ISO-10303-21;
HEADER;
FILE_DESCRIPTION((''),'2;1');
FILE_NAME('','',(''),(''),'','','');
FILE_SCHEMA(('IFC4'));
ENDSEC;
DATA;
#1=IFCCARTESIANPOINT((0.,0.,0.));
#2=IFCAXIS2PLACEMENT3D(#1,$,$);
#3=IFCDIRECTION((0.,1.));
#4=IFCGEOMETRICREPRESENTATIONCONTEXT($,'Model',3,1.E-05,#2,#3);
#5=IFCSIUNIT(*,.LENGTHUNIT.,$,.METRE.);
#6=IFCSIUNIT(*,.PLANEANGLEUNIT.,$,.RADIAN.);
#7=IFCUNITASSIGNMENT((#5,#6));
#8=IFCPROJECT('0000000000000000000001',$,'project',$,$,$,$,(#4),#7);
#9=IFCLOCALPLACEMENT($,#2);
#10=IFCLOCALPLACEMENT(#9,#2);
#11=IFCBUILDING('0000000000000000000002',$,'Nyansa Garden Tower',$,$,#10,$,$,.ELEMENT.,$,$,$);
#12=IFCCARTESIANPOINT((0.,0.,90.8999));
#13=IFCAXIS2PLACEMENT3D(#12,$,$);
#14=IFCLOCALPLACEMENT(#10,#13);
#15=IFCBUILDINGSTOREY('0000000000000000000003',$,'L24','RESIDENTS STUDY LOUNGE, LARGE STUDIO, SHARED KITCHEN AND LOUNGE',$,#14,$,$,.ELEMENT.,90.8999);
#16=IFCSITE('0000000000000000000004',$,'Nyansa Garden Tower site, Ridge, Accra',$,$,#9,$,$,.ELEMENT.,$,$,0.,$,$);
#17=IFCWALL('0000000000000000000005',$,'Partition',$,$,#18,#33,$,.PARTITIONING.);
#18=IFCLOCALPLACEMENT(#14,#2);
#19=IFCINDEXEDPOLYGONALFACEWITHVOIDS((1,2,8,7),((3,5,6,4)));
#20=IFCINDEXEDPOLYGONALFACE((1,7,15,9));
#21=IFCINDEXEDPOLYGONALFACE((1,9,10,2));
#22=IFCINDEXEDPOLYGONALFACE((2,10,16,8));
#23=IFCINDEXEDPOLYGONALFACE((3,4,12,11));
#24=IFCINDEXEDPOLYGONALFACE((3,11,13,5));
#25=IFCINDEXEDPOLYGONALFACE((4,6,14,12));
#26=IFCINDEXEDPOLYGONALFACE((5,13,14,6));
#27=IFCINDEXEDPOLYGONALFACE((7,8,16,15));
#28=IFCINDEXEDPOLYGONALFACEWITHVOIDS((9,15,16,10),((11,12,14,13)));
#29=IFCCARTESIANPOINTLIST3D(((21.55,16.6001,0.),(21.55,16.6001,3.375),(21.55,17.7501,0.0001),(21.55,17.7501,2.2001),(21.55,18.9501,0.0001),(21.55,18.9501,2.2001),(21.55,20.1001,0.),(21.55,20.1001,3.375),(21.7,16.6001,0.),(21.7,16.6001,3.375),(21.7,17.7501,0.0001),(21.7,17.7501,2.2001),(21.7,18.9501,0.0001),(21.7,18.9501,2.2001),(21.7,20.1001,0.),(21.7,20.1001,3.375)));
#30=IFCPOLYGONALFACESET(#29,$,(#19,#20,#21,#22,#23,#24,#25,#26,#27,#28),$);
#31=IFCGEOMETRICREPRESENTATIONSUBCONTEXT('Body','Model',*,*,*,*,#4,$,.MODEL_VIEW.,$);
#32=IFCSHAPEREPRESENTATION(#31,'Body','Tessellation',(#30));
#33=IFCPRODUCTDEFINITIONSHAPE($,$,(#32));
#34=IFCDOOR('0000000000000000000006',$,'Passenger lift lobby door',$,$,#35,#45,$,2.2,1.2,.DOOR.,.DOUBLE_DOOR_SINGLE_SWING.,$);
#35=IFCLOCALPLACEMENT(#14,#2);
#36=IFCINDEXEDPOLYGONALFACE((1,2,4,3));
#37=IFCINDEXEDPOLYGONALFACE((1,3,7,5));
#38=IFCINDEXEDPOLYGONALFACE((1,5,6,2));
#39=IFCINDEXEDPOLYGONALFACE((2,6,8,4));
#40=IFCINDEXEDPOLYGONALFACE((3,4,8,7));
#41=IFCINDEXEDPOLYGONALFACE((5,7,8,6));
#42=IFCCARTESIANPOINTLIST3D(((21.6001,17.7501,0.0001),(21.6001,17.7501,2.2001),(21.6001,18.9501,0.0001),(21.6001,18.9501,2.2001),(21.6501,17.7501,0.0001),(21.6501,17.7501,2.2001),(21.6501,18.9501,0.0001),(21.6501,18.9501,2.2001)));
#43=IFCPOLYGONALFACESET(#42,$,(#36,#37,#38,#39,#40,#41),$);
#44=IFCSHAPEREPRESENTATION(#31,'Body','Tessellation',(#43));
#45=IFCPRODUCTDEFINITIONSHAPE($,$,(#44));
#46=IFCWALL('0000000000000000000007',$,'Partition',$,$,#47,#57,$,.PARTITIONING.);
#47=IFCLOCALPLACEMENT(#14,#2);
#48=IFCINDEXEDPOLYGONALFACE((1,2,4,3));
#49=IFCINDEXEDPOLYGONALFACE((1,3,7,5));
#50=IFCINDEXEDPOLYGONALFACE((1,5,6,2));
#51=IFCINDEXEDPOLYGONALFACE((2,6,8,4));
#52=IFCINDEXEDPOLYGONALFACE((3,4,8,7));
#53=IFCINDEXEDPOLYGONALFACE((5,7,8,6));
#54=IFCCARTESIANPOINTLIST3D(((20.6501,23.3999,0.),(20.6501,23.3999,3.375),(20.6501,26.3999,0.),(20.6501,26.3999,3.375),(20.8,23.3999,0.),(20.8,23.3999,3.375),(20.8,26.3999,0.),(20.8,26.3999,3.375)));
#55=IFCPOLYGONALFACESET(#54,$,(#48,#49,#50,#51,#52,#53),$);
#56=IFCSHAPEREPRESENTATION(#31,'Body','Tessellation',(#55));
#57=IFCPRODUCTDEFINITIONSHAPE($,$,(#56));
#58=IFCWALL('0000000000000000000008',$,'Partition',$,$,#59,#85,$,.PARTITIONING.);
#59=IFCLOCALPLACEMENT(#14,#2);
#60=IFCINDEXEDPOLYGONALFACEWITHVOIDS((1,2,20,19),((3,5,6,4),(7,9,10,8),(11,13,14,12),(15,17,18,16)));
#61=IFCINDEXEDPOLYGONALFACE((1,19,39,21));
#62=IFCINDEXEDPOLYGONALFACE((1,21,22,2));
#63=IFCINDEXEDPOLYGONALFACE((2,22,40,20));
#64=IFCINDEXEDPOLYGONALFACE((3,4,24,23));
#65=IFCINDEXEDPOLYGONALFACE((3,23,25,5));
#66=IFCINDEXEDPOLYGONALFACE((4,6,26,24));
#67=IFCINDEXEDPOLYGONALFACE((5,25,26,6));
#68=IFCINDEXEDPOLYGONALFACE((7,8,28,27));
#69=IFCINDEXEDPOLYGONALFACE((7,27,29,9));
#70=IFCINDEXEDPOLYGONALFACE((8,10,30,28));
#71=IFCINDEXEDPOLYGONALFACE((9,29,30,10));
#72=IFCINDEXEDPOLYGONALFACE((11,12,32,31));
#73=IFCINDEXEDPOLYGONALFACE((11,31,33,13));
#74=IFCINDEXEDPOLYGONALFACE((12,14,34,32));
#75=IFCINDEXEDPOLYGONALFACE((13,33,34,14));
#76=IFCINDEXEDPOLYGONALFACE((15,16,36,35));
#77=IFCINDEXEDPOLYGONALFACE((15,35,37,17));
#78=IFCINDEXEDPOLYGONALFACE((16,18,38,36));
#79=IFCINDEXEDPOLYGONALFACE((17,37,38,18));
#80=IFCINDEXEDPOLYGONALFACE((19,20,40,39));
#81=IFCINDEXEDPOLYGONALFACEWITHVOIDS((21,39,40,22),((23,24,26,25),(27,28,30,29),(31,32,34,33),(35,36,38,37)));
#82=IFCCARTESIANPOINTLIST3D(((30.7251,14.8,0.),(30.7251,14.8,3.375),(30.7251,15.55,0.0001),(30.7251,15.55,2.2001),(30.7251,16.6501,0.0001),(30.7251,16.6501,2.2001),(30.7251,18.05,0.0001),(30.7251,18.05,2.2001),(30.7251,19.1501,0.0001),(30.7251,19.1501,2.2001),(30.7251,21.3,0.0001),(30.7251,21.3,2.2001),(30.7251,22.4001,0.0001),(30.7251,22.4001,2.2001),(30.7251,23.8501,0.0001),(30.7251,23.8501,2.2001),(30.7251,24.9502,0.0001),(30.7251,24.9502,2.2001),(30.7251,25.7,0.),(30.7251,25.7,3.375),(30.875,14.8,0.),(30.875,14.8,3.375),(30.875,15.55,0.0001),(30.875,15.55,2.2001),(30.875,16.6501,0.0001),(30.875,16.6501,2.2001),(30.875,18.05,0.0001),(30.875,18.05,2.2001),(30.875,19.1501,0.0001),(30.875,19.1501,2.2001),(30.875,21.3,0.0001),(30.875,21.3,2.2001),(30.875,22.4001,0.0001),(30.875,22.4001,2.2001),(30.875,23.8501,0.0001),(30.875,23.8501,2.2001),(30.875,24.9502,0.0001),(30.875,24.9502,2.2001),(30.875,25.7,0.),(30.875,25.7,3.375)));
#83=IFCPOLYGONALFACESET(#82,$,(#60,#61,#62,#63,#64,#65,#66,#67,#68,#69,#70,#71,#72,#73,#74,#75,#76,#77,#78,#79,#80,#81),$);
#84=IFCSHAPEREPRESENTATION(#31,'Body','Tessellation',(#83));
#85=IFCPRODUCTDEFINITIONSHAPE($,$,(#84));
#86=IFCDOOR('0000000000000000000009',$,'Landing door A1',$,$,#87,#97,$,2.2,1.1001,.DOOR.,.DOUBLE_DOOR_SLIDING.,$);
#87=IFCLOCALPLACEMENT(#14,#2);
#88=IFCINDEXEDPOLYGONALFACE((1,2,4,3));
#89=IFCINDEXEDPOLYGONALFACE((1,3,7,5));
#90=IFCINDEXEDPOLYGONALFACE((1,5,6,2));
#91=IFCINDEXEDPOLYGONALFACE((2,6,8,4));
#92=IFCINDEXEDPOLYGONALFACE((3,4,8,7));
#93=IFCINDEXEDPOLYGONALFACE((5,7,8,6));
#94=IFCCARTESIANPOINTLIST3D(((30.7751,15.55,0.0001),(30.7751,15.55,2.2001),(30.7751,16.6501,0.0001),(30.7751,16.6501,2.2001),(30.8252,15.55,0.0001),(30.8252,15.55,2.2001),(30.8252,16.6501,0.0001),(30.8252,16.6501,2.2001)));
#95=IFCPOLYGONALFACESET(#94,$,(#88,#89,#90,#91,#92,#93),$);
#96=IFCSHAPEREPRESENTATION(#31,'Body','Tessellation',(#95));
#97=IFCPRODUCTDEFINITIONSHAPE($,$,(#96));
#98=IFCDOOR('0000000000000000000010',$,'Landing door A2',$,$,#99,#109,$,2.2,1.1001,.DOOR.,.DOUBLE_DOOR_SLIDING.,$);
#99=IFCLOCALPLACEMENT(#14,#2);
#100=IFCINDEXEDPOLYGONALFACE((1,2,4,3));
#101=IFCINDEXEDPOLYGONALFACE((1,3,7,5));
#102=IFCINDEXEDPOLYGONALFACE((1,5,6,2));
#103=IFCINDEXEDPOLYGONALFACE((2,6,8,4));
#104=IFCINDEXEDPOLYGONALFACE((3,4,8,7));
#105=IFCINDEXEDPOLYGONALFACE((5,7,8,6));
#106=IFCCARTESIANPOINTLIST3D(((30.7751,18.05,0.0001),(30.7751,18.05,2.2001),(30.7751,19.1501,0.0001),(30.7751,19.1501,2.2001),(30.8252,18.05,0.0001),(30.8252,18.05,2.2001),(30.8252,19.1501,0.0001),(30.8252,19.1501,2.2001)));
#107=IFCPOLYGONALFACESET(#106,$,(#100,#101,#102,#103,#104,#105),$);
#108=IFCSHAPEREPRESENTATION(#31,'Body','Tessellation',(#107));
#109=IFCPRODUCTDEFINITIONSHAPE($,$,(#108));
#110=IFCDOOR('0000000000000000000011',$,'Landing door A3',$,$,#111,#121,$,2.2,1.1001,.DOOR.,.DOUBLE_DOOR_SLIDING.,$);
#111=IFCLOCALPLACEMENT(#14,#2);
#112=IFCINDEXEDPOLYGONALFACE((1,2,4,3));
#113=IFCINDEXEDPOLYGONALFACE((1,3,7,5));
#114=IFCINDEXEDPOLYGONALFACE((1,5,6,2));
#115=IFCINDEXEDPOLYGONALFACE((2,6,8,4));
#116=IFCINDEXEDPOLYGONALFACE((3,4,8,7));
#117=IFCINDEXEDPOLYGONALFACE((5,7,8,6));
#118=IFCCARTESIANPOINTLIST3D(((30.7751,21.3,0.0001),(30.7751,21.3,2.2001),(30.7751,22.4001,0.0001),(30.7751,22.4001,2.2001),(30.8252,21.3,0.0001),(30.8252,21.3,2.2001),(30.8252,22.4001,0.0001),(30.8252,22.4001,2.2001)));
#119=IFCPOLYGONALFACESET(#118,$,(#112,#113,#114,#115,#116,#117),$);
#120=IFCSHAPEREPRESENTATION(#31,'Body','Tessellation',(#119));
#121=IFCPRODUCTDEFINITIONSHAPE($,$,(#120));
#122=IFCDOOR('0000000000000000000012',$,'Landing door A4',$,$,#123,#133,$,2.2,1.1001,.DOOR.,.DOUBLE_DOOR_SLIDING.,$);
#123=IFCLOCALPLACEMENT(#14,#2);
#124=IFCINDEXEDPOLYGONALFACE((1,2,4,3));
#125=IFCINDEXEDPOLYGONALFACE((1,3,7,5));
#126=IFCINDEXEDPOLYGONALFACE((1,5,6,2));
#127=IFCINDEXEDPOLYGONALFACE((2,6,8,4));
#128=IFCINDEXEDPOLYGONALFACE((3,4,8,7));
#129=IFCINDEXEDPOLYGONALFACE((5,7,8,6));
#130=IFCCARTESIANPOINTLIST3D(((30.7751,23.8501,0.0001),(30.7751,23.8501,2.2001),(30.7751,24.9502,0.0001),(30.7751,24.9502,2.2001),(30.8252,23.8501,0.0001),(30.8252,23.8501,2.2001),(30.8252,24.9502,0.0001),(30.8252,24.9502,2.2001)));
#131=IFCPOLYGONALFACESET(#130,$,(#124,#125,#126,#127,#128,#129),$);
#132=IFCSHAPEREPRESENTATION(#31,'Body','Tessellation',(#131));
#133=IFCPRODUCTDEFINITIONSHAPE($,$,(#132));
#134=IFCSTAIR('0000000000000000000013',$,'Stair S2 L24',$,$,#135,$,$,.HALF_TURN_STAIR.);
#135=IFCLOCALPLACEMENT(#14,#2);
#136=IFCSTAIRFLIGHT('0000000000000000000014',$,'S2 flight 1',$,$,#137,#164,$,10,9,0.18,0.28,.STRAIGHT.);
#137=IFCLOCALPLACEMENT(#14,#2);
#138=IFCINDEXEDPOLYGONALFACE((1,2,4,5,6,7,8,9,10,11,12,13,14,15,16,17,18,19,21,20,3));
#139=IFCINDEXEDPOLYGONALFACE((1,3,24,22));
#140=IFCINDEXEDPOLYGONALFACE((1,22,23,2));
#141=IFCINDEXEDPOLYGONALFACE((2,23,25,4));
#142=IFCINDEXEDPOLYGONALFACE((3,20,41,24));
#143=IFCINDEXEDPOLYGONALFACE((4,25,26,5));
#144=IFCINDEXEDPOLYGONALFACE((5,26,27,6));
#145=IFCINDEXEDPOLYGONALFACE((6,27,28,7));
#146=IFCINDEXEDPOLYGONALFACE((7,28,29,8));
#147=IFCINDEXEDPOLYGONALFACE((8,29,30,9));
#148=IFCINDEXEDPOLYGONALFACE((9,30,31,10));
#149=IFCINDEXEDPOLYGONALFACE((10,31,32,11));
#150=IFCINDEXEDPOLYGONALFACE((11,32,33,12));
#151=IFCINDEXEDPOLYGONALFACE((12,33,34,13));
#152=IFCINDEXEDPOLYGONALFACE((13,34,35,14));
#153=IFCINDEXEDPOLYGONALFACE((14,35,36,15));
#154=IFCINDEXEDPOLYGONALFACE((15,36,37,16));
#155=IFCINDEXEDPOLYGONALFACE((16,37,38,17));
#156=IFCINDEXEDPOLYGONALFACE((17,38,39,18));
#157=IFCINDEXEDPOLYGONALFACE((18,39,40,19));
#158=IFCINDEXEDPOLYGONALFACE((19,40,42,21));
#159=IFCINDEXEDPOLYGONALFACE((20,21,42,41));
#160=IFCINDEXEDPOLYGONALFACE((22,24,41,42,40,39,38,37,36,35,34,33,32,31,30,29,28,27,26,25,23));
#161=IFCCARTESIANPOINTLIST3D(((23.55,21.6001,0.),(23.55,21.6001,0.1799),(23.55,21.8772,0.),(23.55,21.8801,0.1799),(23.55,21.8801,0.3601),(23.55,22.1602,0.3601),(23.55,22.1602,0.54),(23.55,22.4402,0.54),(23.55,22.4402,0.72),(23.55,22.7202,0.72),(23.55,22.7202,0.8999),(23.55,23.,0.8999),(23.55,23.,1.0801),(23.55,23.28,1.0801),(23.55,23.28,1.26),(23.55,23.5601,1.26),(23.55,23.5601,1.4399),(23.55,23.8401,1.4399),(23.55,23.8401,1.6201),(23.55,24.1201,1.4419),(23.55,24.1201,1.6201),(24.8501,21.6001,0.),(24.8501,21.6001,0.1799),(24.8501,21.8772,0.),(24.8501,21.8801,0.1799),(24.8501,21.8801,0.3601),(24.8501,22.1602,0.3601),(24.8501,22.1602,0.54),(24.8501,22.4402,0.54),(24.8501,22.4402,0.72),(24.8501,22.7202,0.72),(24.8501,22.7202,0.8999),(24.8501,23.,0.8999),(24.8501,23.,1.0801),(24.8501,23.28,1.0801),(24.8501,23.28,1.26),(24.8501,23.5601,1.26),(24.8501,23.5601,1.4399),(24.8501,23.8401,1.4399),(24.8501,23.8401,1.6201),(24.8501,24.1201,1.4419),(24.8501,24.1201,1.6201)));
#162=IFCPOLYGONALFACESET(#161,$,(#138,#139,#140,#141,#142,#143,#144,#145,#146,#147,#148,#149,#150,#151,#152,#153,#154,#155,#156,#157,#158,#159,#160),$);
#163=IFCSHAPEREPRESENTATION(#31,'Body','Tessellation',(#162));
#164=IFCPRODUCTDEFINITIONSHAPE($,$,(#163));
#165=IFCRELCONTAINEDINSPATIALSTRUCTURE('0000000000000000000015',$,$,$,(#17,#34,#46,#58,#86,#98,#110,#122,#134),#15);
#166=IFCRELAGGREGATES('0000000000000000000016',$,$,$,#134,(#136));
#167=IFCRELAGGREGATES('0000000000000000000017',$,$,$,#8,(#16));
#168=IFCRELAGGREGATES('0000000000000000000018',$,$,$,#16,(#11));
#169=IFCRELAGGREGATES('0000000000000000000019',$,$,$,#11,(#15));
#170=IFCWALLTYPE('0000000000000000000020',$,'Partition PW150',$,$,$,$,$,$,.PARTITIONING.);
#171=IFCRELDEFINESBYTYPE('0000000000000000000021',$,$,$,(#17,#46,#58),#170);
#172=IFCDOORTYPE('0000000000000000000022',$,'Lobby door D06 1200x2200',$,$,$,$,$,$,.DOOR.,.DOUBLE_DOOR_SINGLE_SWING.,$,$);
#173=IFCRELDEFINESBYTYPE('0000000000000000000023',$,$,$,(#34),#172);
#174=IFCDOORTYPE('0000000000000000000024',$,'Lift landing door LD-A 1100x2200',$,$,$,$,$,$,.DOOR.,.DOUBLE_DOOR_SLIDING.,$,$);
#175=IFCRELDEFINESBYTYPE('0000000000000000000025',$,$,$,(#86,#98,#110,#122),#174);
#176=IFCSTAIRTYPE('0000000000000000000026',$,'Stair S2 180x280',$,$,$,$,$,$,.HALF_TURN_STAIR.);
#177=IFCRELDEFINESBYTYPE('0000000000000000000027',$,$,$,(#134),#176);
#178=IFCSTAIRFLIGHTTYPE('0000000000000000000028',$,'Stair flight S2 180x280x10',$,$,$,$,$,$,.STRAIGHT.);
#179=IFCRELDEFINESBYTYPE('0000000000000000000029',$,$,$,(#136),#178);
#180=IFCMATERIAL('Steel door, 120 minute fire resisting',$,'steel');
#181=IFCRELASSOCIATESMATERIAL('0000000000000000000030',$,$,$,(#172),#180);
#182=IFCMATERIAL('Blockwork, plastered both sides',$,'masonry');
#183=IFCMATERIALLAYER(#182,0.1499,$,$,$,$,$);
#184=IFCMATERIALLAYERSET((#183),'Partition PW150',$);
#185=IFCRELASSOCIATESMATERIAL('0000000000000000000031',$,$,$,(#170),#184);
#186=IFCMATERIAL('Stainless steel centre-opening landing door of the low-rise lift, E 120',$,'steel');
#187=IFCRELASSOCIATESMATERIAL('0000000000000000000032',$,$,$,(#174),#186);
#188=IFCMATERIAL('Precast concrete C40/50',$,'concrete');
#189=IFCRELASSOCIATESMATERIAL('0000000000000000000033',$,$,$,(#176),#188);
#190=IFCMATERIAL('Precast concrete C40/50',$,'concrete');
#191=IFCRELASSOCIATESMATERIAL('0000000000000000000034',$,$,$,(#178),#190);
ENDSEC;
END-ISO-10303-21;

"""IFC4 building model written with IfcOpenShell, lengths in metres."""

from ifc_helpers import new_model, si_unit, direction, frame, frame_2d, origin, place, context, subcontext, project, spatial, polyline, rectangle, outline, extrude, material, layer, layer_set, type_object, element, fill, aggregate, save


model = new_model("IFC4")

# Units and contexts
model_context = context("Model", 3, precision=1e-05, world=origin(), true_north=direction((0.0, 1.0)))
body_context = subcontext(model_context, "Body", "Model", "MODEL_VIEW")
ifc_project = project(units=[si_unit("LENGTHUNIT", "METRE"), si_unit("PLANEANGLEUNIT", "RADIAN")], contexts=[model_context])

# Site, building, storey
site_placement = place(None, origin())
site = spatial("IfcSite", under=ifc_project, at=site_placement, Name="Nyansa Garden Tower site, Ridge, Accra", CompositionType="ELEMENT", RefElevation=0.0)
building_placement = place(site_placement, origin())
building = spatial("IfcBuilding", under=site, at=building_placement, Name="Nyansa Garden Tower", CompositionType="ELEMENT")
storey_placement = place(building_placement, frame((0.0, 0.0, 90.8999)))
storey = spatial("IfcBuildingStorey", under=building, at=storey_placement, Name="L24", Description="RESIDENTS STUDY LOUNGE, LARGE STUDIO, SHARED KITCHEN AND LOUNGE", CompositionType="ELEMENT", Elevation=90.8999)

# Shared definitions
ifc_material_1 = material(Name="Steel door, 120 minute fire resisting", Category="steel")
door_type_1 = type_object("IfcDoorType", Name="Lobby door D06 1200x2200", OperationType="DOUBLE_DOOR_SINGLE_SWING", PredefinedType="DOOR", material=ifc_material_1)

# Wall, opening, door
ifc_material_2 = material(Name="Blockwork, plastered both sides", Category="masonry")
ifc_layer_1 = layer(ifc_material_2, 0.1499)
ifc_layer_set_1 = layer_set([ifc_layer_1], Name="Partition PW150")
wall_type_1 = type_object("IfcWallType", Name="Partition PW150", PredefinedType="PARTITIONING", material=ifc_layer_set_1)
wall_1_placement = place(storey_placement, frame((21.625, 16.6001, 0.0), z_axis=(0.0, 0.0, 1.0), x_axis=(0.0, 1.0, 0.0)))
wall_1 = element("IfcWall", 1, at=wall_1_placement, inside=storey, type_object=wall_type_1, Name="Partition", PredefinedType="PARTITIONING", context=body_context, shape_type="SweptSolid", body=[
    extrude(rectangle(XDim=3.5, YDim=0.1499, at=frame_2d((1.75, 0.0))), origin(), (0.0, 0.0, 1.0), 3.375),
])
opening_1_placement = place(wall_1_placement, frame((1.1499, 0.0, 0.0)))
opening_1 = element("IfcOpeningElement", 2, at=opening_1_placement, cuts=wall_1, PredefinedType="OPENING", context=body_context, shape_type="SweptSolid", body=[
    extrude(rectangle(XDim=1.2, YDim=2.2, at=frame_2d((0.6001, 1.1001))), frame((0.0, 0.085, 0.0), z_axis=(0.0, -1.0, 0.0), x_axis=(1.0, 0.0, 0.0)), (0.0, 0.0, 1.0), 0.1699),
])
door_1_placement = place(opening_1_placement, origin())
door_1 = element("IfcDoor", 3, at=door_1_placement, inside=storey, type_object=door_type_1, Name="Passenger lift lobby door", OperationType="DOUBLE_DOOR_SINGLE_SWING", OverallHeight=2.2, OverallWidth=1.2, PredefinedType="DOOR", context=body_context, shape_type="SweptSolid", body=[
    extrude(rectangle(XDim=1.2, YDim=2.2, at=frame_2d((0.6001, 1.1001))), frame((0.0, 0.0249, 0.0), z_axis=(0.0, -1.0, 0.0), x_axis=(1.0, 0.0, 0.0)), (0.0, 0.0, 1.0), 0.05),
])
fill(opening_1, door_1)

# Wall
wall_2_placement = place(storey_placement, frame((20.7251, 23.3999, 0.0), z_axis=(0.0, 0.0, 1.0), x_axis=(0.0, 1.0, 0.0)))
element("IfcWall", 4, at=wall_2_placement, inside=storey, type_object=wall_type_1, Name="Partition", PredefinedType="PARTITIONING", context=body_context, shape_type="SweptSolid", body=[
    extrude(rectangle(XDim=3.0, YDim=0.1499, at=frame_2d((1.5, 0.0))), origin(), (0.0, 0.0, 1.0), 3.375),
])

# Wall, openings, doors
wall_3_placement = place(storey_placement, frame((30.8, 14.8, 0.0), z_axis=(0.0, 0.0, 1.0), x_axis=(0.0, 1.0, 0.0)))
wall_3 = element("IfcWall", 5, at=wall_3_placement, inside=storey, type_object=wall_type_1, Name="Partition", PredefinedType="PARTITIONING", context=body_context, shape_type="SweptSolid", body=[
    extrude(rectangle(XDim=10.8999, YDim=0.1499, at=frame_2d((5.45, 0.0))), origin(), (0.0, 0.0, 1.0), 3.375),
])
opening_2_placement = place(wall_3_placement, frame((0.75, 0.0, 0.0)))
opening_2 = element("IfcOpeningElement", 6, at=opening_2_placement, cuts=wall_3, PredefinedType="OPENING", context=body_context, shape_type="SweptSolid", body=[
    extrude(rectangle(XDim=1.1001, YDim=2.2, at=frame_2d((0.55, 1.1001))), frame((0.0, 0.085, 0.0), z_axis=(0.0, -1.0, 0.0), x_axis=(1.0, 0.0, 0.0)), (0.0, 0.0, 1.0), 0.1699),
])
opening_3_placement = place(wall_3_placement, frame((3.25, 0.0, 0.0)))
opening_3 = element("IfcOpeningElement", 7, at=opening_3_placement, cuts=wall_3, PredefinedType="OPENING", context=body_context, shape_type="SweptSolid", body=[
    extrude(rectangle(XDim=1.1001, YDim=2.2, at=frame_2d((0.55, 1.1001))), frame((0.0, 0.085, 0.0), z_axis=(0.0, -1.0, 0.0), x_axis=(1.0, 0.0, 0.0)), (0.0, 0.0, 1.0), 0.1699),
])
opening_4_placement = place(wall_3_placement, frame((6.5, 0.0, 0.0)))
opening_4 = element("IfcOpeningElement", 8, at=opening_4_placement, cuts=wall_3, PredefinedType="OPENING", context=body_context, shape_type="SweptSolid", body=[
    extrude(rectangle(XDim=1.1001, YDim=2.2, at=frame_2d((0.55, 1.1001))), frame((0.0, 0.085, 0.0), z_axis=(0.0, -1.0, 0.0), x_axis=(1.0, 0.0, 0.0)), (0.0, 0.0, 1.0), 0.1699),
])
opening_5_placement = place(wall_3_placement, frame((9.05, 0.0, 0.0)))
opening_5 = element("IfcOpeningElement", 9, at=opening_5_placement, cuts=wall_3, PredefinedType="OPENING", context=body_context, shape_type="SweptSolid", body=[
    extrude(rectangle(XDim=1.1001, YDim=2.2, at=frame_2d((0.55, 1.1001))), frame((0.0, 0.085, 0.0), z_axis=(0.0, -1.0, 0.0), x_axis=(1.0, 0.0, 0.0)), (0.0, 0.0, 1.0), 0.1699),
])
ifc_material_3 = material(Name="Stainless steel centre-opening landing door of the low-rise lift, E 120", Category="steel")
door_type_2 = type_object("IfcDoorType", Name="Lift landing door LD-A 1100x2200", OperationType="DOUBLE_DOOR_SLIDING", PredefinedType="DOOR", material=ifc_material_3)
door_2_placement = place(opening_2_placement, origin())
door_2 = element("IfcDoor", 10, at=door_2_placement, inside=storey, type_object=door_type_2, Name="Landing door A1", OperationType="DOUBLE_DOOR_SLIDING", OverallHeight=2.2, OverallWidth=1.1001, PredefinedType="DOOR", context=body_context, shape_type="SweptSolid", body=[
    extrude(rectangle(XDim=1.1001, YDim=2.2, at=frame_2d((0.55, 1.1001))), frame((0.0, 0.0249, 0.0), z_axis=(0.0, -1.0, 0.0), x_axis=(1.0, 0.0, 0.0)), (0.0, 0.0, 1.0), 0.05),
])
fill(opening_2, door_2)
door_3_placement = place(opening_3_placement, origin())
door_3 = element("IfcDoor", 11, at=door_3_placement, inside=storey, type_object=door_type_2, Name="Landing door A2", OperationType="DOUBLE_DOOR_SLIDING", OverallHeight=2.2, OverallWidth=1.1001, PredefinedType="DOOR", context=body_context, shape_type="SweptSolid", body=[
    extrude(rectangle(XDim=1.1001, YDim=2.2, at=frame_2d((0.55, 1.1001))), frame((0.0, 0.0249, 0.0), z_axis=(0.0, -1.0, 0.0), x_axis=(1.0, 0.0, 0.0)), (0.0, 0.0, 1.0), 0.05),
])
fill(opening_3, door_3)
door_4_placement = place(opening_4_placement, origin())
door_4 = element("IfcDoor", 12, at=door_4_placement, inside=storey, type_object=door_type_2, Name="Landing door A3", OperationType="DOUBLE_DOOR_SLIDING", OverallHeight=2.2, OverallWidth=1.1001, PredefinedType="DOOR", context=body_context, shape_type="SweptSolid", body=[
    extrude(rectangle(XDim=1.1001, YDim=2.2, at=frame_2d((0.55, 1.1001))), frame((0.0, 0.0249, 0.0), z_axis=(0.0, -1.0, 0.0), x_axis=(1.0, 0.0, 0.0)), (0.0, 0.0, 1.0), 0.05),
])
fill(opening_4, door_4)
door_5_placement = place(opening_5_placement, origin())
door_5 = element("IfcDoor", 13, at=door_5_placement, inside=storey, type_object=door_type_2, Name="Landing door A4", OperationType="DOUBLE_DOOR_SLIDING", OverallHeight=2.2, OverallWidth=1.1001, PredefinedType="DOOR", context=body_context, shape_type="SweptSolid", body=[
    extrude(rectangle(XDim=1.1001, YDim=2.2, at=frame_2d((0.55, 1.1001))), frame((0.0, 0.0249, 0.0), z_axis=(0.0, -1.0, 0.0), x_axis=(1.0, 0.0, 0.0)), (0.0, 0.0, 1.0), 0.05),
])
fill(opening_5, door_5)

# Stair, stair flight
ifc_material_4 = material(Name="Precast concrete C40/50", Category="concrete")
stair_type = type_object("IfcStairType", Name="Stair S2 180x280", PredefinedType="HALF_TURN_STAIR", material=ifc_material_4)
stair_placement = place(storey_placement, origin())
stair = element("IfcStair", 14, at=stair_placement, inside=storey, type_object=stair_type, Name="Stair S2 L24", PredefinedType="HALF_TURN_STAIR")
ifc_material_5 = material(Name="Precast concrete C40/50", Category="concrete")
stair_flight_type = type_object("IfcStairFlightType", Name="Stair flight S2 180x280x10", PredefinedType="STRAIGHT", material=ifc_material_5)
stair_flight_1_placement = place(storey_placement, frame((24.2, 21.6001, 0.0), z_axis=(0.0, 0.0, 1.0), x_axis=(0.0, 1.0, 0.0)))
stair_flight_1 = element("IfcStairFlight", 15, at=stair_flight_1_placement, type_object=stair_flight_type, Name="S2 flight 1", NumberOfRisers=10, NumberOfTreads=9, PredefinedType="STRAIGHT", RiserHeight=0.18, TreadLength=0.28, context=body_context, shape_type="SweptSolid", body=[
    extrude(outline(polyline([(0.0, 0.0), (0.0, 0.1799), (0.28, 0.1799), (0.28, 0.3601), (0.5601, 0.3601), (0.5601, 0.54), (0.8401, 0.54), (0.8401, 0.72), (1.1201, 0.72), (1.1201, 0.8999), (1.3999, 0.8999), (1.3999, 1.0801), (1.6799, 1.0801), (1.6799, 1.26), (1.96, 1.26), (1.96, 1.4399), (2.24, 1.4399), (2.24, 1.6201), (2.52, 1.6201), (2.52, 1.8), (2.52, 1.4419), (0.2771, 0.0), (0.0, 0.0)])), frame((0.0, 0.6499, 0.0), z_axis=(0.0, -1.0, 0.0), x_axis=(1.0, 0.0, 0.0)), (0.0, 0.0, 1.0), 1.3),
])
aggregate(stair, [stair_flight_1])

save(model, "model.ifc")
